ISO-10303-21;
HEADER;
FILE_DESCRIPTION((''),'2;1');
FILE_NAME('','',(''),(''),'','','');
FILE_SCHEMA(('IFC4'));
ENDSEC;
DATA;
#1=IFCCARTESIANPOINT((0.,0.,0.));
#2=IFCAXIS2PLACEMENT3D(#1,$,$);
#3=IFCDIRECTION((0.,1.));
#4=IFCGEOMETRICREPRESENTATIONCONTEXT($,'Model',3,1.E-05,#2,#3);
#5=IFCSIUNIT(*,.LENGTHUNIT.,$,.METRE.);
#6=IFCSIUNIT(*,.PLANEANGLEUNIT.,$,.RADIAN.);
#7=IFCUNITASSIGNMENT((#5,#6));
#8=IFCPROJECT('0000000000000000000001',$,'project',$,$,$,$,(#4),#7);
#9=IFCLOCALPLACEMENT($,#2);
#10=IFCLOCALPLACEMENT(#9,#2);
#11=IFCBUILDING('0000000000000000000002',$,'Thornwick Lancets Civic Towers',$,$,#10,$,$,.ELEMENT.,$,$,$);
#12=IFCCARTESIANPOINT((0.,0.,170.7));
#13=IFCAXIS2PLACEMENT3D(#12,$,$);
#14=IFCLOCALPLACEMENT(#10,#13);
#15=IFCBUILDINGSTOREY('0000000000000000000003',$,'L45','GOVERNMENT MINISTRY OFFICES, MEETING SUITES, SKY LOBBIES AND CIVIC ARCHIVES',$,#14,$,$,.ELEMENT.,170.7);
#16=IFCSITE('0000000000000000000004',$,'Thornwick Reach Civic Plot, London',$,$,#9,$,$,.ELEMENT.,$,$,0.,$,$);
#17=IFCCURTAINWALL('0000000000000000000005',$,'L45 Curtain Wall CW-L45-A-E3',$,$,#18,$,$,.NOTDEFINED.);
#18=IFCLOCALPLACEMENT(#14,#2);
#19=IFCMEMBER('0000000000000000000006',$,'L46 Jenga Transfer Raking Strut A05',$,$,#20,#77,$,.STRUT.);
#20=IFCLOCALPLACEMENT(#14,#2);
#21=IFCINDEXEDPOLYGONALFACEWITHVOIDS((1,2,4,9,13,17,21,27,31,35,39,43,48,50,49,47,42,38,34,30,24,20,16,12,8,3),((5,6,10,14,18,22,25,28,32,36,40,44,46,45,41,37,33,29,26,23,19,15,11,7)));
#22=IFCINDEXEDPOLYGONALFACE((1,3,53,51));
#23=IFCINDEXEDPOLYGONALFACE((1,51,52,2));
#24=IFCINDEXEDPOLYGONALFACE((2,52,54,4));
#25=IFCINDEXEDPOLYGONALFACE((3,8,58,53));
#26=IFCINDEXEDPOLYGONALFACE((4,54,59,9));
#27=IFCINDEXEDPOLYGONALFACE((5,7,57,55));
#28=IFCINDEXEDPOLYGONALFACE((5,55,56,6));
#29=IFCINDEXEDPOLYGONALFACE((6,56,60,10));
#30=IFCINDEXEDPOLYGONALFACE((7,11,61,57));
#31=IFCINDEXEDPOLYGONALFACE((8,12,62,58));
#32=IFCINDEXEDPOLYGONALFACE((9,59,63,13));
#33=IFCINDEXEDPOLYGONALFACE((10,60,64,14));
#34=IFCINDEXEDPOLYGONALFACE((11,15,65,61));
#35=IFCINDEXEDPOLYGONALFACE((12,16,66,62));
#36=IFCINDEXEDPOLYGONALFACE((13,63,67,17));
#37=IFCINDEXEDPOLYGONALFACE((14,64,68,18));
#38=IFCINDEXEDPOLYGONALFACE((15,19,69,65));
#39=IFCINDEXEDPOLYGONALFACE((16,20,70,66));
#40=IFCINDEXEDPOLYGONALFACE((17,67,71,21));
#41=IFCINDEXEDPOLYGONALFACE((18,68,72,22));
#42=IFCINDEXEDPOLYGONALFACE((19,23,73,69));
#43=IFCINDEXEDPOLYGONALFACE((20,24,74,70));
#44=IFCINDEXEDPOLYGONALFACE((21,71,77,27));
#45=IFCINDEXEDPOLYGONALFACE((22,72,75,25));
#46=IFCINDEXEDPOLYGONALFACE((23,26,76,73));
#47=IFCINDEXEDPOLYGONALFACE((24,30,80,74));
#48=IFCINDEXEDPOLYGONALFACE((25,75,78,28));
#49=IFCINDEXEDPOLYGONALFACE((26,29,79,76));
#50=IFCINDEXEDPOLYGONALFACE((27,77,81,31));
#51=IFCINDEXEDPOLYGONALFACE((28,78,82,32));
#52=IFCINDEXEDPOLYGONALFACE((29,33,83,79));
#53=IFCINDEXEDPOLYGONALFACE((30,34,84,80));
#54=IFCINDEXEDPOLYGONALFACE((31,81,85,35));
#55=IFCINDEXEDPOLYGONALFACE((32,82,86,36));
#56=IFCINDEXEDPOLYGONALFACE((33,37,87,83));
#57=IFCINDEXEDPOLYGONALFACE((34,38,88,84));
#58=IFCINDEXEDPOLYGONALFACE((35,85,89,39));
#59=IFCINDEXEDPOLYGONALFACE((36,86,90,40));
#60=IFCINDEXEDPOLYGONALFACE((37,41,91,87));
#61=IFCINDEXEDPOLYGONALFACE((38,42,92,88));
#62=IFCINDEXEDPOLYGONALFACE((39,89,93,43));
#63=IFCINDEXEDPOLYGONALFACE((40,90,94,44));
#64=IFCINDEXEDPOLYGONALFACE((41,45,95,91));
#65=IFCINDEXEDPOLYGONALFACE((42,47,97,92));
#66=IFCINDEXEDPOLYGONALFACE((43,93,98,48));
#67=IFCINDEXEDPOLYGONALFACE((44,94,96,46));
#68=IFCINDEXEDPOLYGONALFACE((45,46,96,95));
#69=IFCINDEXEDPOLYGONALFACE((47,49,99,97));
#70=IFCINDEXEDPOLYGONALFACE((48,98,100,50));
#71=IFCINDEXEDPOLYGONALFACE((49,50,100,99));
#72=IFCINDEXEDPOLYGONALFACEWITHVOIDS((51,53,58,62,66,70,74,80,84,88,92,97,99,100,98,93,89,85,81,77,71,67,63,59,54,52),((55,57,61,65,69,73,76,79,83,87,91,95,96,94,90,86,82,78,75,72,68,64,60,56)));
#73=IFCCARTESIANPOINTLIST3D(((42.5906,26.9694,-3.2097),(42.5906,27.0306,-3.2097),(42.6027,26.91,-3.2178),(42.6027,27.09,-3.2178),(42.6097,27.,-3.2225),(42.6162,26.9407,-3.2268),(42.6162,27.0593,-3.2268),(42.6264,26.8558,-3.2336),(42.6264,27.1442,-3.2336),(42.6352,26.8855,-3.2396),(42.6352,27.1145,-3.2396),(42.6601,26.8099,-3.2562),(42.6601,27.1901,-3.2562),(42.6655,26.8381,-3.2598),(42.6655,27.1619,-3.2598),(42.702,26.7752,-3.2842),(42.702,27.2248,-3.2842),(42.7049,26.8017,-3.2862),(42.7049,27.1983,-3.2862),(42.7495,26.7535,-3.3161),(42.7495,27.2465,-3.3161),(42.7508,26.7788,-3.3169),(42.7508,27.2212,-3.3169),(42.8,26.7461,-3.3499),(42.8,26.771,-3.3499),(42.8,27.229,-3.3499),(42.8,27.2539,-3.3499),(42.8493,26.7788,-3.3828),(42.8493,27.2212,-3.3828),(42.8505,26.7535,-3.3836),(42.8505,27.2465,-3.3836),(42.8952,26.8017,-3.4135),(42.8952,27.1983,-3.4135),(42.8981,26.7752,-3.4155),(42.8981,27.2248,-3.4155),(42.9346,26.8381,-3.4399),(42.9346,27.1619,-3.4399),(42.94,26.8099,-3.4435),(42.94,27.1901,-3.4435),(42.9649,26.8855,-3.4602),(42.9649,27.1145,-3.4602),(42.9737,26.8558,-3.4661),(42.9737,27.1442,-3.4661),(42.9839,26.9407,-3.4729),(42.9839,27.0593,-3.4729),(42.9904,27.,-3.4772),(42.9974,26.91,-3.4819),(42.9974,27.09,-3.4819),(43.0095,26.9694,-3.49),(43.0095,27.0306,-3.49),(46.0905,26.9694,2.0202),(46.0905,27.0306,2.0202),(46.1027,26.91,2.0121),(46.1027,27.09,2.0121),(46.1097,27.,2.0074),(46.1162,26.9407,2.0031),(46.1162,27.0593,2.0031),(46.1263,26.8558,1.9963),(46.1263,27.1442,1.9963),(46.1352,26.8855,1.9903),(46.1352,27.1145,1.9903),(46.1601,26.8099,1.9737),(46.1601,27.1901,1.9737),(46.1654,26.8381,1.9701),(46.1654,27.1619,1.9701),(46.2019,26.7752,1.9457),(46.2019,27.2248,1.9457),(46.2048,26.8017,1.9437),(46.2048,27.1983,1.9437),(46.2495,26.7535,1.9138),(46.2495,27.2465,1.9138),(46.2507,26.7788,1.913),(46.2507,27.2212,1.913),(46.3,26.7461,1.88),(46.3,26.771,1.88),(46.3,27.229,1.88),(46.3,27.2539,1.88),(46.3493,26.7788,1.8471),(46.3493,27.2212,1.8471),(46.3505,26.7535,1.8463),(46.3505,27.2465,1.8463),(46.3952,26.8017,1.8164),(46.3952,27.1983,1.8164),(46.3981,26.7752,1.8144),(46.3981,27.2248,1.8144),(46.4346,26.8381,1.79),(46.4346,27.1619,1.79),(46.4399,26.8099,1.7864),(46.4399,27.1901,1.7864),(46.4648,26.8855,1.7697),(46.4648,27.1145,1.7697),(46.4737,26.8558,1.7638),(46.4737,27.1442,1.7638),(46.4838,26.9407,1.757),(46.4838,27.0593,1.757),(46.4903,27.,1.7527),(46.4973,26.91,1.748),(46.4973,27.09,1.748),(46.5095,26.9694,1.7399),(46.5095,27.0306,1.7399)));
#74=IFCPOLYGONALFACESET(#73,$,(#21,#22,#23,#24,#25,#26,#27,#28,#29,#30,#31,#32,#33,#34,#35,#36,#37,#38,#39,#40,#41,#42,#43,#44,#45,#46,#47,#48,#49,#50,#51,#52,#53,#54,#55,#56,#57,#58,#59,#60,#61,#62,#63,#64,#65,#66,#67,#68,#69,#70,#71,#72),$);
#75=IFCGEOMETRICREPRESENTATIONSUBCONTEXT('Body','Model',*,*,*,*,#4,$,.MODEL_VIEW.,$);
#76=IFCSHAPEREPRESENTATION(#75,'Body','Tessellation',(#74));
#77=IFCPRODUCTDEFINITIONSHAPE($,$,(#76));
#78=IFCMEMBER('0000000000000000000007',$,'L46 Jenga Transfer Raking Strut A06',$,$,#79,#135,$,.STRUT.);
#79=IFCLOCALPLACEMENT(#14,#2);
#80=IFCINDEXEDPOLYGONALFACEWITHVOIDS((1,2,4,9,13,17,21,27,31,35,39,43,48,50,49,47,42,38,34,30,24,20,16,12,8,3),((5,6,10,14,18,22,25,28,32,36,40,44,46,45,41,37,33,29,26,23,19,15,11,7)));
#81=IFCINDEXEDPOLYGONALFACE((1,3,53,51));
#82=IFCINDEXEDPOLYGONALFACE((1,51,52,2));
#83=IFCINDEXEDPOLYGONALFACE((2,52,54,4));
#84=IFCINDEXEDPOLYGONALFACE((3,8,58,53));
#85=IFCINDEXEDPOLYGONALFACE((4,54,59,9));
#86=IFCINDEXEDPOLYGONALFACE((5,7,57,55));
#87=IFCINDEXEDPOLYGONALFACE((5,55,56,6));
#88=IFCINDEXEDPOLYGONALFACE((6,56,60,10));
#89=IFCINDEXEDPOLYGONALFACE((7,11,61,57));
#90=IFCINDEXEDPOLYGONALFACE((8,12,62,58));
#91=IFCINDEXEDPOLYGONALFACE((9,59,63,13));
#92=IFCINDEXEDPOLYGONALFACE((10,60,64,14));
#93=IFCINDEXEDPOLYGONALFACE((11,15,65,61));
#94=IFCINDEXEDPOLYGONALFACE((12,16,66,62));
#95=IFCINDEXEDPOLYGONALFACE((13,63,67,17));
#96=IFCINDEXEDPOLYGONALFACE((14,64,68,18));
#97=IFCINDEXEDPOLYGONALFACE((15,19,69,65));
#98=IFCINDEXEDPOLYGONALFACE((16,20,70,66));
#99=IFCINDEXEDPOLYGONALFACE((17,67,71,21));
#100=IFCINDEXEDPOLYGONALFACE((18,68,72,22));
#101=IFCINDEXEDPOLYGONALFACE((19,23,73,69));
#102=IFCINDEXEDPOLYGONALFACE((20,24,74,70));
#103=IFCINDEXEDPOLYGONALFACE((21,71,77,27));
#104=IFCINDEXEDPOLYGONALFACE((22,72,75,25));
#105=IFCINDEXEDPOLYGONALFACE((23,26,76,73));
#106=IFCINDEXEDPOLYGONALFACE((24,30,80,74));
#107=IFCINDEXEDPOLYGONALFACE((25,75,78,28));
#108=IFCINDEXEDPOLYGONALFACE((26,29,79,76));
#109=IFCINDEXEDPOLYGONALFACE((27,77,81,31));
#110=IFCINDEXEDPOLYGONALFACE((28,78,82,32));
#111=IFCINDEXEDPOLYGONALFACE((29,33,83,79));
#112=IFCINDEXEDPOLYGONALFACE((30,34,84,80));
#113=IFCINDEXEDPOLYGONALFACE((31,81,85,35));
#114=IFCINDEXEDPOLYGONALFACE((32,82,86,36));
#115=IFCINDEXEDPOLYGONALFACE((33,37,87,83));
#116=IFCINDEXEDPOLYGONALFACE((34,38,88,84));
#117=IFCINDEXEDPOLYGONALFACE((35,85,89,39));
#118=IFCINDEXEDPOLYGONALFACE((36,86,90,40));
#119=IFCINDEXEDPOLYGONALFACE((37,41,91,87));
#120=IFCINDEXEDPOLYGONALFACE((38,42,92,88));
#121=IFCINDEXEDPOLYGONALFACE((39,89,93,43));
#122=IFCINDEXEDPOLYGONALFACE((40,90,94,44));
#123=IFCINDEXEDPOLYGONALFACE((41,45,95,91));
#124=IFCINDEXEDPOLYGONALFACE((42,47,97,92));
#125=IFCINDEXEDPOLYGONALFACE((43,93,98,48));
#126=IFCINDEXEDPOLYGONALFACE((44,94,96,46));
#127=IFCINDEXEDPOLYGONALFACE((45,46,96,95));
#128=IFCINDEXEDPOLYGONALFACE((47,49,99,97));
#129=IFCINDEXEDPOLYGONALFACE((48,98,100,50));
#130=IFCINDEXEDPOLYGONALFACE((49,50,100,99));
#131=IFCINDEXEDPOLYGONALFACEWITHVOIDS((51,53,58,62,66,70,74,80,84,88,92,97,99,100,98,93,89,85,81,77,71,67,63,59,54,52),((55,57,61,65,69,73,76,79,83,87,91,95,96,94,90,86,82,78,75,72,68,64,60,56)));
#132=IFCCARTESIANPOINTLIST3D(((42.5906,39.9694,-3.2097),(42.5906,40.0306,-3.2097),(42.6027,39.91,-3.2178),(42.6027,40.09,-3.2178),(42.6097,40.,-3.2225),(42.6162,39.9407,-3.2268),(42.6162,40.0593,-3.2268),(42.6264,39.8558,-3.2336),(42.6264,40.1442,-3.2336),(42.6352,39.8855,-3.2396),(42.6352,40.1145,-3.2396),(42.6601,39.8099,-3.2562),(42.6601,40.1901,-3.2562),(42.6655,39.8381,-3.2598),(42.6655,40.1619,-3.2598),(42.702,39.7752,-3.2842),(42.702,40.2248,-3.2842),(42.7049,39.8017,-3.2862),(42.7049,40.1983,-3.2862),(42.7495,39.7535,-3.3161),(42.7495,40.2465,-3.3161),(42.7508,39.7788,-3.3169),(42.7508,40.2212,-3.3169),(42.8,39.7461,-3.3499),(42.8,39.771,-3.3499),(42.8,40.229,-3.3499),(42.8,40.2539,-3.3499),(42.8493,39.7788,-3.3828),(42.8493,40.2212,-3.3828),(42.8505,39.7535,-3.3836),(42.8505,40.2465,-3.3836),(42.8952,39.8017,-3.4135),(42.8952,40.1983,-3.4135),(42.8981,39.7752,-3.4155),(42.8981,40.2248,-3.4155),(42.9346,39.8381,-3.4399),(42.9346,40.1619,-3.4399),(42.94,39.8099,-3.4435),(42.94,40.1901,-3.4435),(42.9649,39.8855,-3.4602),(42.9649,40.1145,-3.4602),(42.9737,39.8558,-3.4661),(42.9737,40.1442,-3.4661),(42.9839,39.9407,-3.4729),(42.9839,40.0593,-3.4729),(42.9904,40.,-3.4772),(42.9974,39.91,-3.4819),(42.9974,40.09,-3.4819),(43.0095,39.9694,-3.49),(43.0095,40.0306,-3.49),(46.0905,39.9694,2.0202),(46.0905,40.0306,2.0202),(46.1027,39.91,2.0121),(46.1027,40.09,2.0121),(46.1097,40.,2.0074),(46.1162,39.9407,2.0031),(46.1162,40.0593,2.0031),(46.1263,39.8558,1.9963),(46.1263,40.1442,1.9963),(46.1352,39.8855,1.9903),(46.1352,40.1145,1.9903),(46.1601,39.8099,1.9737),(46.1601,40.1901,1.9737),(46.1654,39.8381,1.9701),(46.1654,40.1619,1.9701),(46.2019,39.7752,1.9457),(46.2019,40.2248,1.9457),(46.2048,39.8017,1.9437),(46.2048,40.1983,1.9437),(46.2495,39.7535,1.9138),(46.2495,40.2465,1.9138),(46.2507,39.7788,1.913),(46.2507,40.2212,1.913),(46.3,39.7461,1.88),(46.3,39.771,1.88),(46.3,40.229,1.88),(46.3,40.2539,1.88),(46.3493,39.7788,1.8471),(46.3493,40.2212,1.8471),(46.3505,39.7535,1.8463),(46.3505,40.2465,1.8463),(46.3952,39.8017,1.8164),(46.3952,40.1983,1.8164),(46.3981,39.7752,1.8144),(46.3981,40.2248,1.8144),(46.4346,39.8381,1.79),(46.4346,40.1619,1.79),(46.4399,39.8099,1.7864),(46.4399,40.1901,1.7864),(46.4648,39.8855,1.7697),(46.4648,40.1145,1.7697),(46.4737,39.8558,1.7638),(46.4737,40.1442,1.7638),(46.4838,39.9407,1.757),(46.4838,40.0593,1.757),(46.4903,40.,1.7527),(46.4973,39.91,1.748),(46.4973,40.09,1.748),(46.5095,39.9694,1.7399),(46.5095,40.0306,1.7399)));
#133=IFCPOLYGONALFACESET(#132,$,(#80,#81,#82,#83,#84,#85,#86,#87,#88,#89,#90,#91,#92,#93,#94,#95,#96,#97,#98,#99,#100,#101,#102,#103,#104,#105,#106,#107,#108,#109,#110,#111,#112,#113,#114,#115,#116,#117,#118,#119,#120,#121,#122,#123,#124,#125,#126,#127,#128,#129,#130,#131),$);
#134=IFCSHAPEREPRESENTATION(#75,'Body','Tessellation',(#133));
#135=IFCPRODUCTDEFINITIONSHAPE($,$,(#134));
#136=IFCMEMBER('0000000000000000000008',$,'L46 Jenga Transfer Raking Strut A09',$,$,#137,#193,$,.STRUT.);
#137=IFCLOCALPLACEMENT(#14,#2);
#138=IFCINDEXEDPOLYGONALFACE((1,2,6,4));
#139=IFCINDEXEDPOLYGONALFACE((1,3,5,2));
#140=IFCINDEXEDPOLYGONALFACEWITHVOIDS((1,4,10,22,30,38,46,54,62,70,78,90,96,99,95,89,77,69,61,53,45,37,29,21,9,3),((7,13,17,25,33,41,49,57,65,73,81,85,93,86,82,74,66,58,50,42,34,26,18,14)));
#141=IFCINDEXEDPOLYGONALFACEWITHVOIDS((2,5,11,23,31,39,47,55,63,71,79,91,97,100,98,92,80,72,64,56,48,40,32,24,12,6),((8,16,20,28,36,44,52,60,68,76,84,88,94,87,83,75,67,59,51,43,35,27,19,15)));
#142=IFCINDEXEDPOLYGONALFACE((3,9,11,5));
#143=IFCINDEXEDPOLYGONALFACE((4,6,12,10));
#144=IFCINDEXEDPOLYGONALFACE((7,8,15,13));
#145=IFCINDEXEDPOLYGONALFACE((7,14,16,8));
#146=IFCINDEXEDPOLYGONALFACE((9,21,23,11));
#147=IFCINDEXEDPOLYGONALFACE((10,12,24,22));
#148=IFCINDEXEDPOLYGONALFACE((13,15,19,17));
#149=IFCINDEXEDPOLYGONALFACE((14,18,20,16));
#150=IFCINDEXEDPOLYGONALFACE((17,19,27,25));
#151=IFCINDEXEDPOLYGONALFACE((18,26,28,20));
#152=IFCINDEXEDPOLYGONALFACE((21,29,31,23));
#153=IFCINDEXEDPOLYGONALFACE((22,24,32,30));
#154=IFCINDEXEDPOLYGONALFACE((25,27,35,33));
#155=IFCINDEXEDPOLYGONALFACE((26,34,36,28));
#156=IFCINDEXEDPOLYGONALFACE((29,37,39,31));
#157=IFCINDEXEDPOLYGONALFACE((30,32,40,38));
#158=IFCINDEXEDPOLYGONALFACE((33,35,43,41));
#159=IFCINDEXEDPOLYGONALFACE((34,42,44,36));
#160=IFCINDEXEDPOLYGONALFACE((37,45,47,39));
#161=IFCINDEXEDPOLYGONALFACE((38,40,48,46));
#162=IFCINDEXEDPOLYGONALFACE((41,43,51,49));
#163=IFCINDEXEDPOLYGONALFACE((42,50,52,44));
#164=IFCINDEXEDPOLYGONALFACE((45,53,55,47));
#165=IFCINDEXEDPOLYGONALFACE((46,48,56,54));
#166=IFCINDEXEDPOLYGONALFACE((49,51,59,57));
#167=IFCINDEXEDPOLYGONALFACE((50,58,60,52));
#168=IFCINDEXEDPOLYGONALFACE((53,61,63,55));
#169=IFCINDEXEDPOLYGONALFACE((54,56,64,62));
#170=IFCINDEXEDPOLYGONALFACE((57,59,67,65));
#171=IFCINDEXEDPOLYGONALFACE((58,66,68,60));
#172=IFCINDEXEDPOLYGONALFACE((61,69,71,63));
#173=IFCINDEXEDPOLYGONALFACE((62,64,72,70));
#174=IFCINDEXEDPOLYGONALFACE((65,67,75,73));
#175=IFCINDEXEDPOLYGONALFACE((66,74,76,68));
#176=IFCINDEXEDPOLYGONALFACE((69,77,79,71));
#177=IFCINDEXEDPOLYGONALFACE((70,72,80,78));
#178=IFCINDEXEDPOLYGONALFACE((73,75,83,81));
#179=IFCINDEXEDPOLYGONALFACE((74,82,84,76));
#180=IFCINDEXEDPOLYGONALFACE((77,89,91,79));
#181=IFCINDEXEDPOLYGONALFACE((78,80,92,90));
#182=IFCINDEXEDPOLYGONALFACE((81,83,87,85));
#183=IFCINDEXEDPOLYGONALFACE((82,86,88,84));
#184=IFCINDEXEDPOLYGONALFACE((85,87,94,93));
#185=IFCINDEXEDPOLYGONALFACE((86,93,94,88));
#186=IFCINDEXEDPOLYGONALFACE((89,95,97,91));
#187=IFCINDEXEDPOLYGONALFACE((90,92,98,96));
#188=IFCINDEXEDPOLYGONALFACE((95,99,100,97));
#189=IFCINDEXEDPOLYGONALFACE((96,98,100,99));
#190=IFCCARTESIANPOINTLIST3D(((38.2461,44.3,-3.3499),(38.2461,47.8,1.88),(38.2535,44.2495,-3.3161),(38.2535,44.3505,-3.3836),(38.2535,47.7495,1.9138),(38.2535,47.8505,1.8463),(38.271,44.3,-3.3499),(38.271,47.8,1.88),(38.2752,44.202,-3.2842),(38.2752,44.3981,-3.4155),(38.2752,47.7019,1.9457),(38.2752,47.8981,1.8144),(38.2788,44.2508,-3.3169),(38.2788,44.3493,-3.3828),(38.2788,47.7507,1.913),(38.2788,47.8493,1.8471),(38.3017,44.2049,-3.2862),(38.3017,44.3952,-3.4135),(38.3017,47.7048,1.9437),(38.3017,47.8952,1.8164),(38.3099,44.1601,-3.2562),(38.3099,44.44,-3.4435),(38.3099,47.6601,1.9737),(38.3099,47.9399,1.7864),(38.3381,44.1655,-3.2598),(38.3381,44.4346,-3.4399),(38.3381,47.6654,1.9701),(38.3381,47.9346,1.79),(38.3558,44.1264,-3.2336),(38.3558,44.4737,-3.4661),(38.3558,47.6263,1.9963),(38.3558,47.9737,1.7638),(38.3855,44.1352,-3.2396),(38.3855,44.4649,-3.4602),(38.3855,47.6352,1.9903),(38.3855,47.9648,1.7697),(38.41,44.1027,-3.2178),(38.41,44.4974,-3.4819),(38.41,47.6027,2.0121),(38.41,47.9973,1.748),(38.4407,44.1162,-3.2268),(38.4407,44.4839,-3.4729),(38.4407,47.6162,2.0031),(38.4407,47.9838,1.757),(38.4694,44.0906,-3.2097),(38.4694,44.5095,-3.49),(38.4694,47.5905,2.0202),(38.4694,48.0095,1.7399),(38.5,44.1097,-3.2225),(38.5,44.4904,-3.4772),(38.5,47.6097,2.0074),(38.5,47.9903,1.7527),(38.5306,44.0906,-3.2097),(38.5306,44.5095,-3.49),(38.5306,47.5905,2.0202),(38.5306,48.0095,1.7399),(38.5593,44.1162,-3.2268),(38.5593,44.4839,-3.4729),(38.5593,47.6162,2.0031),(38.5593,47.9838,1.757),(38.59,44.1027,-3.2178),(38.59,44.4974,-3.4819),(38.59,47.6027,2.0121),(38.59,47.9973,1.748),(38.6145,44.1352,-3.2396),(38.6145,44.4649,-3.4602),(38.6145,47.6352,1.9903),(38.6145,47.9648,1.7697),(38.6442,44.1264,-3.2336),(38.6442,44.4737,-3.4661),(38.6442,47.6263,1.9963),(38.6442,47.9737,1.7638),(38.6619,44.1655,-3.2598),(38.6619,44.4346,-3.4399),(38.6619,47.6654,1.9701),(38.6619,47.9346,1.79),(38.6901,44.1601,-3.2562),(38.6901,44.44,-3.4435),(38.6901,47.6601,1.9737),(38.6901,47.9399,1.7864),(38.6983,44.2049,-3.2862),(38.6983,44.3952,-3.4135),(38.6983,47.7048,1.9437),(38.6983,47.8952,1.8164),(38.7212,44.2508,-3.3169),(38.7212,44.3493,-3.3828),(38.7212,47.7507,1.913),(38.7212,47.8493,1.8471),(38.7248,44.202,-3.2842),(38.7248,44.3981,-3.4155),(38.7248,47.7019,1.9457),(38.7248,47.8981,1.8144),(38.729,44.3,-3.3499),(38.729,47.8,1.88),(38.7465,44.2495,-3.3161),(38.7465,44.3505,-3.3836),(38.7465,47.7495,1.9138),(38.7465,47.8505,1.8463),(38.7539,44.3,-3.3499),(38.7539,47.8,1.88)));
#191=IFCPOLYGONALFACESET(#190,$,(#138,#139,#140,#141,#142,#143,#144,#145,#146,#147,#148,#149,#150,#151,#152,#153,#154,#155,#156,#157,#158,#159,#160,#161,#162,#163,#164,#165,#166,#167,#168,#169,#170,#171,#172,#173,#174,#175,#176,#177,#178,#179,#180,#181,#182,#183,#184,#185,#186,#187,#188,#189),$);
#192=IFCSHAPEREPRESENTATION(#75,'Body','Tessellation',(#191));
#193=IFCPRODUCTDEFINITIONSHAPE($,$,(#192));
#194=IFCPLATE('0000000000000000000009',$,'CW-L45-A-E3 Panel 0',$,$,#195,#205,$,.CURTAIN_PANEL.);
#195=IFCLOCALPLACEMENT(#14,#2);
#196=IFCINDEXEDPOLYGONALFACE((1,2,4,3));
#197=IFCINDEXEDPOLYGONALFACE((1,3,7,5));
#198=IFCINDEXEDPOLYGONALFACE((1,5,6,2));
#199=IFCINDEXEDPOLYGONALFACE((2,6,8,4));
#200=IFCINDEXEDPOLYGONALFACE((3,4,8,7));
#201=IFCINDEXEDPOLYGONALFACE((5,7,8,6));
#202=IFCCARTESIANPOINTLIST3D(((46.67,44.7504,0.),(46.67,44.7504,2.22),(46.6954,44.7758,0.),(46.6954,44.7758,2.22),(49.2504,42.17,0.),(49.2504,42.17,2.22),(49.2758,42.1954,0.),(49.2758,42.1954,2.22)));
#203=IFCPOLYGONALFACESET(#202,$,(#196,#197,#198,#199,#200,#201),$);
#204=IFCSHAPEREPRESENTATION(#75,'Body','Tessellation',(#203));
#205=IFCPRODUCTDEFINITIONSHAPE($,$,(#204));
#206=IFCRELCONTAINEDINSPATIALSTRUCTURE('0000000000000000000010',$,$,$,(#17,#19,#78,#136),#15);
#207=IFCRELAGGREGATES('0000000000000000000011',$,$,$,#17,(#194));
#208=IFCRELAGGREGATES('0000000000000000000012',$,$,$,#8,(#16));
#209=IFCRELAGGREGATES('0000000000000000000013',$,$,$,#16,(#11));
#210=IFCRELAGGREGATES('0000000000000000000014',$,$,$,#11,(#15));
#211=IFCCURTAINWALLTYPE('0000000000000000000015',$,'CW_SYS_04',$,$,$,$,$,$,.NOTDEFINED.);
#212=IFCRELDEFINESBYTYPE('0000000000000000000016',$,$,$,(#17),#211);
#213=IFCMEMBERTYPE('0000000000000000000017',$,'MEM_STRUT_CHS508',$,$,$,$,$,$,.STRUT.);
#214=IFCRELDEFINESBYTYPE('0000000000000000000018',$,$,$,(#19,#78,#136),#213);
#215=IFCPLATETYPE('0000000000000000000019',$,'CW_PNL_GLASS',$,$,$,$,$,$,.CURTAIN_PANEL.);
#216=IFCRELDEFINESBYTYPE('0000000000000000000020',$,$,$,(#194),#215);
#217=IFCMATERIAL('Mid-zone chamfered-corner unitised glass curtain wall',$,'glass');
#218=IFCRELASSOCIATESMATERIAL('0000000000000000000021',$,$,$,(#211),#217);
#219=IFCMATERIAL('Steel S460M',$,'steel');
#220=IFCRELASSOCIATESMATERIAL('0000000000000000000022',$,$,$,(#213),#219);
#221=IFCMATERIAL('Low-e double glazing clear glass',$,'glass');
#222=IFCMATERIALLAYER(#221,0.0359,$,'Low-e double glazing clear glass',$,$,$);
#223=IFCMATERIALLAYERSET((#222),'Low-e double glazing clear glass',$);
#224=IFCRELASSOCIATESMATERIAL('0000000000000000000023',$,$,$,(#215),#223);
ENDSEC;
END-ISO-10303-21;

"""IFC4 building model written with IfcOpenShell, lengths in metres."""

from ifc_helpers import new_model, si_unit, direction, frame, origin, origin_2d, place, context, subcontext, project, spatial, rectangle, hollow_circle, extrude, material, layer, layer_set, material_profile, profile_set, type_object, element, aggregate, save


model = new_model("IFC4")

# Units and contexts
model_context = context("Model", 3, precision=1e-05, world=origin(), true_north=direction((0.0, 1.0)))
body_context = subcontext(model_context, "Body", "Model", "MODEL_VIEW")
ifc_project = project(units=[si_unit("LENGTHUNIT", "METRE"), si_unit("PLANEANGLEUNIT", "RADIAN")], contexts=[model_context])

# Site, building, storey
site_placement = place(None, origin())
site = spatial("IfcSite", under=ifc_project, at=site_placement, Name="Thornwick Reach Civic Plot, London", CompositionType="ELEMENT", RefElevation=0.0)
building_placement = place(site_placement, origin())
building = spatial("IfcBuilding", under=site, at=building_placement, Name="Thornwick Lancets Civic Towers", CompositionType="ELEMENT")
storey_placement = place(building_placement, frame((0.0, 0.0, 170.7)))
storey = spatial("IfcBuildingStorey", under=building, at=storey_placement, Name="L45", Description="GOVERNMENT MINISTRY OFFICES, MEETING SUITES, SKY LOBBIES AND CIVIC ARCHIVES", CompositionType="ELEMENT", Elevation=170.7)

# Shared definitions
ifc_material_1 = material(Name="Steel S460M", Category="steel")

# Curtain wall
ifc_material_2 = material(Name="Mid-zone chamfered-corner unitised glass curtain wall", Category="glass")
curtain_wall_type = type_object("IfcCurtainWallType", Name="CW_SYS_04", PredefinedType="NOTDEFINED", material=ifc_material_2)
curtain_wall_placement = place(storey_placement, origin())
curtain_wall = element("IfcCurtainWall", 1, at=curtain_wall_placement, inside=storey, type_object=curtain_wall_type, Name="L45 Curtain Wall CW-L45-A-E3", PredefinedType="NOTDEFINED")

# Members
ifc_material_profile_1 = material_profile(ifc_material_1, hollow_circle(Radius=0.2539, WallThickness=0.0249, at=origin_2d()), Name="CHS 508x25")
ifc_profile_set_1 = profile_set([ifc_material_profile_1], Name="Steel S460M")
member_type_1 = type_object("IfcMemberType", Name="MEM_STRUT_CHS508", PredefinedType="STRUT", material=ifc_profile_set_1)
for number, where, z_axis, x_axis, name in (
    (2, (42.8, 27.0, -3.3499), (0.556168, 0.0, 0.83107), (0.0, 1.0, 0.0), "L46 Jenga Transfer Raking Strut A05"),
    (3, (42.8, 40.0, -3.3499), (0.556168, 0.0, 0.83107), (0.0, 1.0, 0.0), "L46 Jenga Transfer Raking Strut A06"),
    (4, (38.5, 44.3, -3.3499), (0.0, 0.556168, 0.83107), (-1.0, 0.0, 0.0), "L46 Jenga Transfer Raking Strut A09"),
):
    element("IfcMember", number, at=place(storey_placement, frame(where, z_axis=z_axis, x_axis=x_axis)), inside=storey, type_object=member_type_1, Name=name, PredefinedType="STRUT", context=body_context, shape_type="SweptSolid", body=[
        extrude(hollow_circle(Radius=0.2539, WallThickness=0.0249, at=origin_2d()), origin(), (0.0, 0.0, 1.0), 6.293),
    ])

# Plate
ifc_material_3 = material(Name="Low-e double glazing clear glass", Category="glass")
ifc_layer_1 = layer(ifc_material_3, 0.0359, Name="Low-e double glazing clear glass")
ifc_layer_set_1 = layer_set([ifc_layer_1], Name="Low-e double glazing clear glass")
plate_type_1 = type_object("IfcPlateType", Name="CW_PNL_GLASS", PredefinedType="CURTAIN_PANEL", material=ifc_layer_set_1)
plate_placement = place(storey_placement, frame((47.9729, 43.4729, 0.0), z_axis=(0.0, 0.0, 1.0), x_axis=(-0.707107, 0.707107, 0.0)))
plate = element("IfcPlate", 5, at=plate_placement, type_object=plate_type_1, Name="CW-L45-A-E3 Panel 0", PredefinedType="CURTAIN_PANEL", context=body_context, shape_type="SweptSolid", body=[
    extrude(rectangle(XDim=3.6492, YDim=0.0359, at=origin_2d()), origin(), (0.0, 0.0, 1.0), 2.22),
])
aggregate(curtain_wall, [plate])

save(model, "model.ifc")
